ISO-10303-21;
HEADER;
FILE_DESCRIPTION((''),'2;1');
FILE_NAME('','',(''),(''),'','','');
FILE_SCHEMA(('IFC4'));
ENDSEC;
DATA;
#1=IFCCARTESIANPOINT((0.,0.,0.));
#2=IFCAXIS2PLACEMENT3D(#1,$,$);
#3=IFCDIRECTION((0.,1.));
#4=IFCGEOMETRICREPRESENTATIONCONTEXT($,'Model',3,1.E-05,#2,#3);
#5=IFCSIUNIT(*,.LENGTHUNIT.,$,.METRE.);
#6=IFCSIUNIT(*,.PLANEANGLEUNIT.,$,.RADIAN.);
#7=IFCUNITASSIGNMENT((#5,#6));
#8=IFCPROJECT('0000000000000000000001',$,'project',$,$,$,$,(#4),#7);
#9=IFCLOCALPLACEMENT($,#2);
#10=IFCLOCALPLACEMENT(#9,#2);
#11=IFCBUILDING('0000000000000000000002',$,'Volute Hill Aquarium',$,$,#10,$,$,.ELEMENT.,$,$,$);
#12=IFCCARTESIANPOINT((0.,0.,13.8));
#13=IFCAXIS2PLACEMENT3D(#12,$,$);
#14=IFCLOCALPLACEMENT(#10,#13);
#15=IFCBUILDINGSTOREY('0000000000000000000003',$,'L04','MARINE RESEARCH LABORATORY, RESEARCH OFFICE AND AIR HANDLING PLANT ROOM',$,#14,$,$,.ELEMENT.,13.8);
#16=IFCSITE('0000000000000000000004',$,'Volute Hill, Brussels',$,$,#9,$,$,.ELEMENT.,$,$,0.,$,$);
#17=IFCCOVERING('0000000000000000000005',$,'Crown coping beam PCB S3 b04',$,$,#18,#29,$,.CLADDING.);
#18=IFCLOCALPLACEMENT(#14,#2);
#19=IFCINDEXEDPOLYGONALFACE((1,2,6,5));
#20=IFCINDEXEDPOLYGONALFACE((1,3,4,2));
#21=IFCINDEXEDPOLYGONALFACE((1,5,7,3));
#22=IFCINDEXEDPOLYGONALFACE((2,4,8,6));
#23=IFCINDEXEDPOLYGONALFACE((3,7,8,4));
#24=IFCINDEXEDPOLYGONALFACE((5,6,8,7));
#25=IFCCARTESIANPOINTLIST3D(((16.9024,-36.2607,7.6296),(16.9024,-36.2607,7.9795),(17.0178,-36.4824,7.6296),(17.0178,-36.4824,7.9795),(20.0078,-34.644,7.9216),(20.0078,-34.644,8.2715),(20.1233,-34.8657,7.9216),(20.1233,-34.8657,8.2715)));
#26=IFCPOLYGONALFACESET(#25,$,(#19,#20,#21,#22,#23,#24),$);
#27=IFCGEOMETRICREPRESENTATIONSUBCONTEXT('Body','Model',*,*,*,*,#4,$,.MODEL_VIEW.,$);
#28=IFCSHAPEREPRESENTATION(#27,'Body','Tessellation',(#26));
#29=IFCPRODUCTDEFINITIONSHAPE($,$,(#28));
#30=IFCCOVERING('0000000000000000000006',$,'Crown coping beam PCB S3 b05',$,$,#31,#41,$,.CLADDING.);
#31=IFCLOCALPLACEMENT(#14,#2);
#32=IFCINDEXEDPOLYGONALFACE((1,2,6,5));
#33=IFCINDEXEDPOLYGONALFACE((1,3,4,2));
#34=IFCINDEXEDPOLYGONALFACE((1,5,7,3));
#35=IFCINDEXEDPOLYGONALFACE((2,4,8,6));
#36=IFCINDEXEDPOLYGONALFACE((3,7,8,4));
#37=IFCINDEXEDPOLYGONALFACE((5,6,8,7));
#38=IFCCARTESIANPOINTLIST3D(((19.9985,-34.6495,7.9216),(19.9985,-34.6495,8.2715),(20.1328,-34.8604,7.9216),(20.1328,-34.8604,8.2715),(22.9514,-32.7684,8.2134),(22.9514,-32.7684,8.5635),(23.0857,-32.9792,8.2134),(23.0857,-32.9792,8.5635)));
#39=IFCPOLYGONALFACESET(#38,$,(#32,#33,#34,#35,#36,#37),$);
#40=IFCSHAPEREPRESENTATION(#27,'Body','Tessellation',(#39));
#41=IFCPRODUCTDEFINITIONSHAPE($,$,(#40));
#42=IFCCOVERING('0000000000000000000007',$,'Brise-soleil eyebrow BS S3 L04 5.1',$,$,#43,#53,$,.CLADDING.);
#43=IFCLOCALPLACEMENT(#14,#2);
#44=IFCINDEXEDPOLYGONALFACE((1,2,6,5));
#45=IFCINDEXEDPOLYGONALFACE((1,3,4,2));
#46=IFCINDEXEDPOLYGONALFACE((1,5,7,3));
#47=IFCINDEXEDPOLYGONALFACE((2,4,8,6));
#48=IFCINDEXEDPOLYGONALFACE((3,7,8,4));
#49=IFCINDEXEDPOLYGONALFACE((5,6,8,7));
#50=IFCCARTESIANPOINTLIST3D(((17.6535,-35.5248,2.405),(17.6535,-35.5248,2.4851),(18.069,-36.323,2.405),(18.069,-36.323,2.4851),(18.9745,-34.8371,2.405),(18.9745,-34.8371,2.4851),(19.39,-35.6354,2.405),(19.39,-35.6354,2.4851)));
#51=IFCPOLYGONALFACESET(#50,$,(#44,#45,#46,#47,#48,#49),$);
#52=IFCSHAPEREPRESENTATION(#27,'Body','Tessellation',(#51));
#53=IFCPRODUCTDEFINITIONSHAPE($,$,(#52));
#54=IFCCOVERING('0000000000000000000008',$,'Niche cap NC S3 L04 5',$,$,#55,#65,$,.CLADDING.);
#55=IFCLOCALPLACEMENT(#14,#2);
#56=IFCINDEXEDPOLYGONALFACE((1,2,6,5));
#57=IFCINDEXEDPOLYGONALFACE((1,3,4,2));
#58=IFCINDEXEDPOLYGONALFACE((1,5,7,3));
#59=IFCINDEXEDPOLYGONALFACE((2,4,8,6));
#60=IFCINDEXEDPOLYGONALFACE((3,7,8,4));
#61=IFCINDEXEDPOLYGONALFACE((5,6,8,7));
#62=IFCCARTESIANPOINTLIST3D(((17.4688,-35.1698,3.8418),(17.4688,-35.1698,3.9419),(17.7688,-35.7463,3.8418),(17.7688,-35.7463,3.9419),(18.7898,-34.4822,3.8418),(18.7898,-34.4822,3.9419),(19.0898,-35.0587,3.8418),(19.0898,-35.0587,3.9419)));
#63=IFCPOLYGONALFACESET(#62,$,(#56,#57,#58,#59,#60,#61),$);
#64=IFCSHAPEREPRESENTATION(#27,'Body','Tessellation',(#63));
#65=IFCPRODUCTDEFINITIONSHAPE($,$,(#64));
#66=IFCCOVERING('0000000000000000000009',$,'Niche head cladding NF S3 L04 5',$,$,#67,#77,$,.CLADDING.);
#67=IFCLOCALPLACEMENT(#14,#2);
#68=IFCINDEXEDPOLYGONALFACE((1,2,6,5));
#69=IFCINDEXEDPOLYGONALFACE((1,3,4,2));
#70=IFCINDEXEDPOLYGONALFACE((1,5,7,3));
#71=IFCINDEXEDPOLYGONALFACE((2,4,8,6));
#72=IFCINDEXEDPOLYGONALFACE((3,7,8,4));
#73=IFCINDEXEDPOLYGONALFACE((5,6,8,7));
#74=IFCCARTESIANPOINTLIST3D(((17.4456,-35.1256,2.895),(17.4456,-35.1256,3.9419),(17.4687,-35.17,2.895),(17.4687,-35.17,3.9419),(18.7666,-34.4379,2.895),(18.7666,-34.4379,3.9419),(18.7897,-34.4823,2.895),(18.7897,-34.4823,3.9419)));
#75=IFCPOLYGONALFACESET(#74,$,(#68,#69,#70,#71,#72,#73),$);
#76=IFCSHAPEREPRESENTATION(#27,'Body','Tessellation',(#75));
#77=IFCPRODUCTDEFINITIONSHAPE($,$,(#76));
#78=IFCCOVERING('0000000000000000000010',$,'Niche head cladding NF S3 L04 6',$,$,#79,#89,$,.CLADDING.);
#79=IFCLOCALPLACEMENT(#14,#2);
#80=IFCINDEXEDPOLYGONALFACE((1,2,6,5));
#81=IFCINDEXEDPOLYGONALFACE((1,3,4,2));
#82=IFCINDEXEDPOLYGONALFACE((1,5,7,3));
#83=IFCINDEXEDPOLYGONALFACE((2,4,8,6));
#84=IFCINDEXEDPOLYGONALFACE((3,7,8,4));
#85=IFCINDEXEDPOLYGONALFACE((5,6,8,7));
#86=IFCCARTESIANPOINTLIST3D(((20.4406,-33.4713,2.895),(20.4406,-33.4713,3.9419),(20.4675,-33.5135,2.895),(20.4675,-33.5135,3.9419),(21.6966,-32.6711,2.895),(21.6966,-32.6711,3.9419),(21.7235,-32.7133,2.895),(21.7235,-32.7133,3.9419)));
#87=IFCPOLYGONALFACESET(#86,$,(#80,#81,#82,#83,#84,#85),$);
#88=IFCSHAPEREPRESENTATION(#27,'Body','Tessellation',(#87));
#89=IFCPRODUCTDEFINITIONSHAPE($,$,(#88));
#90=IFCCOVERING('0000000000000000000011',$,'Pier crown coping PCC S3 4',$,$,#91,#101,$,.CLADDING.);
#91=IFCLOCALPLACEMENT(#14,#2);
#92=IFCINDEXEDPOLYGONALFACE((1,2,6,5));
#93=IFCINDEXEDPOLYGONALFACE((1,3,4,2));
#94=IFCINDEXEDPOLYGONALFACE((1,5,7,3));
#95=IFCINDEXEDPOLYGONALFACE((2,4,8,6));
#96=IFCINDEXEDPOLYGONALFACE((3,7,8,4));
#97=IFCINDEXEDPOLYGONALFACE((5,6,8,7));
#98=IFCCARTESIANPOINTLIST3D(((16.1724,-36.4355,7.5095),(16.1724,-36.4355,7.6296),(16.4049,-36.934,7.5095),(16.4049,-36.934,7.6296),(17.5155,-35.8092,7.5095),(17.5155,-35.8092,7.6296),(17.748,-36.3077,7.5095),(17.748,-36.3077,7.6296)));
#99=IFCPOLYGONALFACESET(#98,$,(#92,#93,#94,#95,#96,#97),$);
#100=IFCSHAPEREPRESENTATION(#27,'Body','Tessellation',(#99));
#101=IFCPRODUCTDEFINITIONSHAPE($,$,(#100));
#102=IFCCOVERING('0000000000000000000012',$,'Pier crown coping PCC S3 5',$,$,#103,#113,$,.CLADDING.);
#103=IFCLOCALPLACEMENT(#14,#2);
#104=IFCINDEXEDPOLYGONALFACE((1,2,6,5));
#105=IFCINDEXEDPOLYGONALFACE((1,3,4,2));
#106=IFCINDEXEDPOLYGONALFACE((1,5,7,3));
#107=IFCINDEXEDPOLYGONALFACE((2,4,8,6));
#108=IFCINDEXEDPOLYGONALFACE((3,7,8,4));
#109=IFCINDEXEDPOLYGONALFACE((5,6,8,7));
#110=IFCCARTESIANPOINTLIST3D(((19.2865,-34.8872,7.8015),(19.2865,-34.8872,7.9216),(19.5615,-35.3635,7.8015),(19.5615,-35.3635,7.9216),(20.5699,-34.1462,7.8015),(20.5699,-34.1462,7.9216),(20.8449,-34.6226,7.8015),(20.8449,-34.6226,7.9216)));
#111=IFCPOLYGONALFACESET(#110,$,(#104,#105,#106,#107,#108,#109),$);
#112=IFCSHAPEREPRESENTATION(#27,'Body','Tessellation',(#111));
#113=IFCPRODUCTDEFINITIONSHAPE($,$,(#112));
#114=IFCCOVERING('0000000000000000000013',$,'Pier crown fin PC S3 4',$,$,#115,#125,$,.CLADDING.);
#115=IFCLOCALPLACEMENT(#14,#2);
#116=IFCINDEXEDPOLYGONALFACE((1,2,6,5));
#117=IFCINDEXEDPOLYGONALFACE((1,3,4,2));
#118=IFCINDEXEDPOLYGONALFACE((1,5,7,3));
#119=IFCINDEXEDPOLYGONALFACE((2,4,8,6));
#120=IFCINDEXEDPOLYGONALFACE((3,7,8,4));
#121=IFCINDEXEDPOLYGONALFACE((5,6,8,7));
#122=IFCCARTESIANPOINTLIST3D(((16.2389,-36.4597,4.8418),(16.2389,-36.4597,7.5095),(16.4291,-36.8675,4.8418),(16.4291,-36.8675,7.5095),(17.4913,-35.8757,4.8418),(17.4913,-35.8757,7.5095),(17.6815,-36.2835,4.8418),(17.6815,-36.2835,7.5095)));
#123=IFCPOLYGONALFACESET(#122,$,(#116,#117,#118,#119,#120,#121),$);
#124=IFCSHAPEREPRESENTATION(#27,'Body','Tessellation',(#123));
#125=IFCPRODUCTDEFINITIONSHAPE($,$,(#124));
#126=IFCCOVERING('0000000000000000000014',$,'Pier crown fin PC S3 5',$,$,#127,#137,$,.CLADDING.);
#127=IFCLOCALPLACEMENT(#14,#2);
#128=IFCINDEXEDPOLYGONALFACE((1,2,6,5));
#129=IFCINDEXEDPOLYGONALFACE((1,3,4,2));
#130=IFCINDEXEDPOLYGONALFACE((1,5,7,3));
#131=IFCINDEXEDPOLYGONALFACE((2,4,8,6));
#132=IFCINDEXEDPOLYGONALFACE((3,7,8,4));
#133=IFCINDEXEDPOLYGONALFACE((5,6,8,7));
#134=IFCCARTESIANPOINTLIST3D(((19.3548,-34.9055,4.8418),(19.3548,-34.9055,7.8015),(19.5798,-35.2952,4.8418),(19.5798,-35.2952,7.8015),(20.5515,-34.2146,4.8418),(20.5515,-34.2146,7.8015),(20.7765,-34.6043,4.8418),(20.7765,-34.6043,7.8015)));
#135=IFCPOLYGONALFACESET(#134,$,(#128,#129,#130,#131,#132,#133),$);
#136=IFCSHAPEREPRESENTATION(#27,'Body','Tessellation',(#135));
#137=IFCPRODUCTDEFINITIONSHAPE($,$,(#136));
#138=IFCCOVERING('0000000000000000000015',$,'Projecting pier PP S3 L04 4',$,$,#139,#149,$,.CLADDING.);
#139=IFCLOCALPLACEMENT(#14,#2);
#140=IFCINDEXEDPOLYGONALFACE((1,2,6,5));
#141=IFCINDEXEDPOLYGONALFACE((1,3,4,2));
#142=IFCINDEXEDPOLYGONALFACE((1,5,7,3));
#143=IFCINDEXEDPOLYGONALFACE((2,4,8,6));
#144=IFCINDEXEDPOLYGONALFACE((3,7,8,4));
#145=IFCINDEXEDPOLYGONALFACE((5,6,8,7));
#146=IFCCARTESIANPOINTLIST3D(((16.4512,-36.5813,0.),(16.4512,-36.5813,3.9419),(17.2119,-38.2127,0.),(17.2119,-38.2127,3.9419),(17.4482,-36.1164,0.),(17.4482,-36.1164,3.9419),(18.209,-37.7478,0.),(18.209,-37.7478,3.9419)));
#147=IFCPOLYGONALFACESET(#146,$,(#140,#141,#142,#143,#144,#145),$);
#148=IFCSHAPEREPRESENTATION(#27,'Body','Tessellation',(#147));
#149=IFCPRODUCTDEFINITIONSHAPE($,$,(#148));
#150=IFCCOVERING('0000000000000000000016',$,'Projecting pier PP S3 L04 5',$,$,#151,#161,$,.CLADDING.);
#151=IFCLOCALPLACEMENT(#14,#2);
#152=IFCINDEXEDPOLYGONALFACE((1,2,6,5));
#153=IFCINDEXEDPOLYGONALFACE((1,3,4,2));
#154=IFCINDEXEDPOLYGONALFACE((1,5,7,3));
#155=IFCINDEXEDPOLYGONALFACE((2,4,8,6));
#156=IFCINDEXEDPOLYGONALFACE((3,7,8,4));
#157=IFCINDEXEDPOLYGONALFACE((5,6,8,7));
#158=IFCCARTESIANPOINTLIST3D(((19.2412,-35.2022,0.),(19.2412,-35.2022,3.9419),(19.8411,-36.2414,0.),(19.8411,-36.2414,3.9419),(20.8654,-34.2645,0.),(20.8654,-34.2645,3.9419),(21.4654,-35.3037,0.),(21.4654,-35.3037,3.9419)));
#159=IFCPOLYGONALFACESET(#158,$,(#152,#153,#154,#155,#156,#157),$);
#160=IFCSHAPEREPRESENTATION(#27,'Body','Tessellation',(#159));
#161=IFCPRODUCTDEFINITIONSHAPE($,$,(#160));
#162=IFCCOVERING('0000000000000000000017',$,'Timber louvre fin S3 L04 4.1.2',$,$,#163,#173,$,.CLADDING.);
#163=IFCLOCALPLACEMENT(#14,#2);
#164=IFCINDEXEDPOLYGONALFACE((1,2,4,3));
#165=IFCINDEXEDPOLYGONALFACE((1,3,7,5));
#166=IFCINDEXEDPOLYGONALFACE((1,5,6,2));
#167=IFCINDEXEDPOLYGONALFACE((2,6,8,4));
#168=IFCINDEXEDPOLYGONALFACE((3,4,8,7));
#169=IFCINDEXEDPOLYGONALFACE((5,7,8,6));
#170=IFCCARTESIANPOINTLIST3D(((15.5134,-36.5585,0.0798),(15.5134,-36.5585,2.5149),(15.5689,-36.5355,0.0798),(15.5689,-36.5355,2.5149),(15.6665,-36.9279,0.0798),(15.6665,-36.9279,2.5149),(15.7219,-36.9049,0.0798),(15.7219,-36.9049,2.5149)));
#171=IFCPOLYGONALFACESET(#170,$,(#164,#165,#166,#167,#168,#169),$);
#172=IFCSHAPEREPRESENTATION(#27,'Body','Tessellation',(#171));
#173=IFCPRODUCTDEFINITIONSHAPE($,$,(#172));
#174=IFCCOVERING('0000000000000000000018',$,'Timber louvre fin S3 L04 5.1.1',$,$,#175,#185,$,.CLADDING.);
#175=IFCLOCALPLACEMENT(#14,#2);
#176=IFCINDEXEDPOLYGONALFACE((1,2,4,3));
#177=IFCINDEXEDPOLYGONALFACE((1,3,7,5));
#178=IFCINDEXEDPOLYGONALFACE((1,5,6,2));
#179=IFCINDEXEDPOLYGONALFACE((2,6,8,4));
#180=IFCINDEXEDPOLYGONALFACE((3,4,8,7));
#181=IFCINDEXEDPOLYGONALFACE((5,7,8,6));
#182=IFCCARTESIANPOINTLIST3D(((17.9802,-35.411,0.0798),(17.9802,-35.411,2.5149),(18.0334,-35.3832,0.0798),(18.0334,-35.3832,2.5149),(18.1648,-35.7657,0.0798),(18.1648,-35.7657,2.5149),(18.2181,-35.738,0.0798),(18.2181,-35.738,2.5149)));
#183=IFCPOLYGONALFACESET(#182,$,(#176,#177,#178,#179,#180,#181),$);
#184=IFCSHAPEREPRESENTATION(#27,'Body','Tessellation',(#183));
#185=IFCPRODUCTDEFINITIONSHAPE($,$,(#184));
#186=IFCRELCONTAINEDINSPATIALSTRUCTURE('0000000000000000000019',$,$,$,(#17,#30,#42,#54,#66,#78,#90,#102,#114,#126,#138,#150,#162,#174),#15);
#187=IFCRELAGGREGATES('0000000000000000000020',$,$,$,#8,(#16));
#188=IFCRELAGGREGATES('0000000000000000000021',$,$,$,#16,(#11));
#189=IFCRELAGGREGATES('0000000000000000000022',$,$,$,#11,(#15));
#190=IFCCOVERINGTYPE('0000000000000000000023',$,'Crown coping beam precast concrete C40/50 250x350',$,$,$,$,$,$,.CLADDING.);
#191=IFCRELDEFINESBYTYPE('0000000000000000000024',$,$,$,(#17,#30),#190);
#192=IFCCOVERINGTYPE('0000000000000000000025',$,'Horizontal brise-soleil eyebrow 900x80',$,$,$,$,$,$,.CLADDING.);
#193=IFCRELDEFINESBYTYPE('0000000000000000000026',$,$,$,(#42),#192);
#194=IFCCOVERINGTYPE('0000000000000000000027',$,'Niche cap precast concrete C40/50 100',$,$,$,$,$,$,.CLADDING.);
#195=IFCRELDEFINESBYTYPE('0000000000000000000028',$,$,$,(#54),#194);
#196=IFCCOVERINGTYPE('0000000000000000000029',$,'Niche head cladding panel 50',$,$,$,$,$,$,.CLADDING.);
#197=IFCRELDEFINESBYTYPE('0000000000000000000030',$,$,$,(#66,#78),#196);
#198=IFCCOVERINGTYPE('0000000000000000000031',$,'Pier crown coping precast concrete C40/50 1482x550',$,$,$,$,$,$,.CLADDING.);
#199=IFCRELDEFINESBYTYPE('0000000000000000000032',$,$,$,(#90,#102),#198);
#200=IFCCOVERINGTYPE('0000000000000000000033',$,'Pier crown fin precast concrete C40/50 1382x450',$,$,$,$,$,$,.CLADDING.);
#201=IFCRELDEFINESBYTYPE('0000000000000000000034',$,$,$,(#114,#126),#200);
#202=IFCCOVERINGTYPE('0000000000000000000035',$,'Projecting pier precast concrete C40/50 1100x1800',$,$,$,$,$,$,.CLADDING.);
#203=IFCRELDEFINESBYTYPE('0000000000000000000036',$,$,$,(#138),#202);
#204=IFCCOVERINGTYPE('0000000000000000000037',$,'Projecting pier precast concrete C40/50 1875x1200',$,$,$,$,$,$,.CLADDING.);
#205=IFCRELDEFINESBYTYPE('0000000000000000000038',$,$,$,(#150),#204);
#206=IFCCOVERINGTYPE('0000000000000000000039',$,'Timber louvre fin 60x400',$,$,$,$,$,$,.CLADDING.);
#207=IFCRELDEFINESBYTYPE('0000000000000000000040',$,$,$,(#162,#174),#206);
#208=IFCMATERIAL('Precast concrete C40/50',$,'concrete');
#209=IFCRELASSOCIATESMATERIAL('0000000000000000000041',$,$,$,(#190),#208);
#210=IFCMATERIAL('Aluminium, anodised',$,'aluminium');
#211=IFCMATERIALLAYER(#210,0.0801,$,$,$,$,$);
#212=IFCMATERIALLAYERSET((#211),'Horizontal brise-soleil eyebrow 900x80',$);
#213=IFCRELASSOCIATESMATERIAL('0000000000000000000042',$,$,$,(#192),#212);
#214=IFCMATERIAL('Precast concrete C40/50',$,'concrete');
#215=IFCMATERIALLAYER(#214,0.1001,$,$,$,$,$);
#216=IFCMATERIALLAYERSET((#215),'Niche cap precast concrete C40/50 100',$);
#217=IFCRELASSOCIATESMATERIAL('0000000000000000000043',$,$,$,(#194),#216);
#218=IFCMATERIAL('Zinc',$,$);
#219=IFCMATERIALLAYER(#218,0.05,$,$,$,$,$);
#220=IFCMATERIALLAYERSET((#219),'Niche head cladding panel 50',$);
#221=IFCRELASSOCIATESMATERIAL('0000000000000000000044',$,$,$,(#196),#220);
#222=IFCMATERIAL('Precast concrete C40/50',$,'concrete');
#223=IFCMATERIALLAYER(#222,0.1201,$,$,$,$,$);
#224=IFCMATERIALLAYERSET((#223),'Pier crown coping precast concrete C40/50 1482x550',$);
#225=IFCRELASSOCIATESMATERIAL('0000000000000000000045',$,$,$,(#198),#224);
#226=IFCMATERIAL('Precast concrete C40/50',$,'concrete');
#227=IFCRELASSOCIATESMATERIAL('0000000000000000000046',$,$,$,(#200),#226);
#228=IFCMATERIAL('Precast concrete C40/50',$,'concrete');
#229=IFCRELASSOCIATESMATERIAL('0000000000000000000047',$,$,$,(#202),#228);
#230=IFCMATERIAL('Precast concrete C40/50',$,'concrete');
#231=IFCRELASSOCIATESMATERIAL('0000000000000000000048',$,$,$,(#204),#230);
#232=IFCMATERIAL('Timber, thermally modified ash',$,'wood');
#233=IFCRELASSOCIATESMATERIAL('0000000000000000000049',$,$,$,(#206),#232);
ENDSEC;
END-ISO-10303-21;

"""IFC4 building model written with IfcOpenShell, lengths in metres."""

from ifc_helpers import new_model, si_unit, direction, frame, origin, origin_2d, place, context, subcontext, project, spatial, polyline, rectangle, outline, extrude, material, layer, layer_set, type_object, element, save


model = new_model("IFC4")

# Units and contexts
model_context = context("Model", 3, precision=1e-05, world=origin(), true_north=direction((0.0, 1.0)))
body_context = subcontext(model_context, "Body", "Model", "MODEL_VIEW")
ifc_project = project(units=[si_unit("LENGTHUNIT", "METRE"), si_unit("PLANEANGLEUNIT", "RADIAN")], contexts=[model_context])

# Site, building, storey
site_placement = place(None, origin())
site = spatial("IfcSite", under=ifc_project, at=site_placement, Name="Volute Hill, Brussels", CompositionType="ELEMENT", RefElevation=0.0)
building_placement = place(site_placement, origin())
building = spatial("IfcBuilding", under=site, at=building_placement, Name="Volute Hill Aquarium", CompositionType="ELEMENT")
storey_placement = place(building_placement, frame((0.0, 0.0, 13.8)))
storey = spatial("IfcBuildingStorey", under=building, at=storey_placement, Name="L04", Description="MARINE RESEARCH LABORATORY, RESEARCH OFFICE AND AIR HANDLING PLANT ROOM", CompositionType="ELEMENT", Elevation=13.8)

# Coverings
ifc_material_1 = material(Name="Precast concrete C40/50", Category="concrete")
covering_type_1 = type_object("IfcCoveringType", Name="Crown coping beam precast concrete C40/50 250x350", PredefinedType="CLADDING", material=ifc_material_1)
covering_1_placement = place(storey_placement, frame((17.0178, -36.4824, 7.6296), z_axis=(0.46177, -0.887, 0.0), x_axis=(0.883931, 0.460172, 0.083112)))
element("IfcCovering", 1, at=covering_1_placement, inside=storey, type_object=covering_type_1, Name="Crown coping beam PCB S3 b04", PredefinedType="CLADDING", context=body_context, shape_type="SweptSolid", body=[
    extrude(outline(polyline([(0.0, 0.0), (3.5132, 0.0), (3.5423, 0.3486), (0.0291, 0.3486), (0.0, 0.0)])), origin(), (0.0, 0.0, -1.0), 0.25),
])
covering_2_placement = place(storey_placement, frame((20.1328, -34.8604, 7.9216), z_axis=(0.537282, -0.843403, 0.0), x_axis=(0.84049, 0.535426, 0.083041)))
element("IfcCovering", 2, at=covering_2_placement, inside=storey, type_object=covering_type_1, Name="Crown coping beam PCB S3 b05", PredefinedType="CLADDING", context=body_context, shape_type="SweptSolid", body=[
    extrude(outline(polyline([(0.0, 0.0), (3.5133, 0.0), (3.5424, 0.3489), (0.0291, 0.3486), (0.0, 0.0)])), origin(), (0.0, 0.0, -1.0), 0.25),
])
ifc_material_2 = material(Name="Aluminium, anodised", Category="aluminium")
ifc_layer_1 = layer(ifc_material_2, 0.0801)
ifc_layer_set_1 = layer_set([ifc_layer_1], Name="Horizontal brise-soleil eyebrow 900x80")
covering_type_2 = type_object("IfcCoveringType", Name="Horizontal brise-soleil eyebrow 900x80", PredefinedType="CLADDING", material=ifc_layer_set_1)
covering_3_placement = place(storey_placement, frame((18.5217, -35.5801, 2.405), z_axis=(0.0, 0.0, 1.0), x_axis=(0.887015, 0.461741, 0.0)))
element("IfcCovering", 3, at=covering_3_placement, inside=storey, type_object=covering_type_2, Name="Brise-soleil eyebrow BS S3 L04 5.1", PredefinedType="CLADDING", context=body_context, shape_type="SweptSolid", body=[
    extrude(rectangle(XDim=1.4893, YDim=0.8999, at=origin_2d()), origin(), (0.0, 0.0, 1.0), 0.0801),
])
ifc_material_3 = material(Name="Precast concrete C40/50", Category="concrete")
ifc_layer_2 = layer(ifc_material_3, 0.1001)
ifc_layer_set_2 = layer_set([ifc_layer_2], Name="Niche cap precast concrete C40/50 100")
covering_type_3 = type_object("IfcCoveringType", Name="Niche cap precast concrete C40/50 100", PredefinedType="CLADDING", material=ifc_layer_set_2)
covering_4_placement = place(storey_placement, frame((18.2793, -35.1143, 3.8418), z_axis=(0.0, 0.0, 1.0), x_axis=(0.887015, 0.461741, 0.0)))
element("IfcCovering", 4, at=covering_4_placement, inside=storey, type_object=covering_type_3, Name="Niche cap NC S3 L04 5", PredefinedType="CLADDING", context=body_context, shape_type="SweptSolid", body=[
    extrude(rectangle(XDim=1.4893, YDim=0.6499, at=origin_2d()), origin(), (0.0, 0.0, 1.0), 0.1001),
])
ifc_material_4 = material(Name="Zinc")
ifc_layer_3 = layer(ifc_material_4, 0.05)
ifc_layer_set_3 = layer_set([ifc_layer_3], Name="Niche head cladding panel 50")
covering_type_4 = type_object("IfcCoveringType", Name="Niche head cladding panel 50", PredefinedType="CLADDING", material=ifc_layer_set_3)
for number, where, z_axis, x_axis, name in (
    (5, (18.1177, -34.804, 2.895), (0.0, 0.0, 1.0), (0.887015, 0.461741, 0.0), "Niche head cladding NF S3 L04 5"),
    (6, (21.082, -33.0923, 2.895), (0.0, 0.0, 1.0), (0.843389, 0.537303, 0.0), "Niche head cladding NF S3 L04 6"),
):
    element("IfcCovering", number, at=place(storey_placement, frame(where, z_axis=z_axis, x_axis=x_axis)), inside=storey, type_object=covering_type_4, Name=name, PredefinedType="CLADDING", context=body_context, shape_type="SweptSolid", body=[
        extrude(rectangle(XDim=1.4893, YDim=0.05, at=origin_2d()), origin(), (0.0, 0.0, 1.0), 1.0469),
    ])
ifc_material_5 = material(Name="Precast concrete C40/50", Category="concrete")
ifc_layer_4 = layer(ifc_material_5, 0.1201)
ifc_layer_set_4 = layer_set([ifc_layer_4], Name="Pier crown coping precast concrete C40/50 1482x550")
covering_type_5 = type_object("IfcCoveringType", Name="Pier crown coping precast concrete C40/50 1482x550", PredefinedType="CLADDING", material=ifc_layer_set_4)
for number, where, z_axis, x_axis, name in (
    (7, (16.9602, -36.3716, 7.5095), (0.0, 0.0, 1.0), (0.906308, 0.422618, 0.0), "Pier crown coping PCC S3 4"),
    (8, (20.0657, -34.7549, 7.8015), (0.0, 0.0, 1.0), (0.866025, 0.5, 0.0), "Pier crown coping PCC S3 5"),
):
    element("IfcCovering", number, at=place(storey_placement, frame(where, z_axis=z_axis, x_axis=x_axis)), inside=storey, type_object=covering_type_5, Name=name, PredefinedType="CLADDING", context=body_context, shape_type="SweptSolid", body=[
        extrude(rectangle(XDim=1.4819, YDim=0.55, at=origin_2d()), origin(), (0.0, 0.0, 1.0), 0.1201),
    ])
ifc_material_6 = material(Name="Precast concrete C40/50", Category="concrete")
covering_type_6 = type_object("IfcCoveringType", Name="Pier crown fin precast concrete C40/50 1382x450", PredefinedType="CLADDING", material=ifc_material_6)
covering_5_placement = place(storey_placement, frame((16.9602, -36.3716, 4.8418), z_axis=(0.0, 0.0, 1.0), x_axis=(0.906308, 0.422618, 0.0)))
element("IfcCovering", 9, at=covering_5_placement, inside=storey, type_object=covering_type_6, Name="Pier crown fin PC S3 4", PredefinedType="CLADDING", context=body_context, shape_type="SweptSolid", body=[
    extrude(rectangle(XDim=1.3818, YDim=0.45, at=origin_2d()), origin(), (0.0, 0.0, 1.0), 2.6677),
])
covering_6_placement = place(storey_placement, frame((20.0657, -34.7549, 4.8418), z_axis=(0.0, 0.0, 1.0), x_axis=(0.866025, 0.5, 0.0)))
element("IfcCovering", 10, at=covering_6_placement, inside=storey, type_object=covering_type_6, Name="Pier crown fin PC S3 5", PredefinedType="CLADDING", context=body_context, shape_type="SweptSolid", body=[
    extrude(rectangle(XDim=1.3818, YDim=0.45, at=origin_2d()), origin(), (0.0, 0.0, 1.0), 2.9597),
])
ifc_material_7 = material(Name="Precast concrete C40/50", Category="concrete")
covering_type_7 = type_object("IfcCoveringType", Name="Projecting pier precast concrete C40/50 1100x1800", PredefinedType="CLADDING", material=ifc_material_7)
covering_7_placement = place(storey_placement, frame((17.3301, -37.1646, 0.0), z_axis=(0.0, 0.0, 1.0), x_axis=(0.906308, 0.422618, 0.0)))
element("IfcCovering", 11, at=covering_7_placement, inside=storey, type_object=covering_type_7, Name="Projecting pier PP S3 L04 4", PredefinedType="CLADDING", context=body_context, shape_type="SweptSolid", body=[
    extrude(rectangle(XDim=1.1001, YDim=1.8, at=origin_2d()), origin(), (0.0, 0.0, 1.0), 3.9419),
])
ifc_material_8 = material(Name="Precast concrete C40/50", Category="concrete")
covering_type_8 = type_object("IfcCoveringType", Name="Projecting pier precast concrete C40/50 1875x1200", PredefinedType="CLADDING", material=ifc_material_8)
covering_8_placement = place(storey_placement, frame((20.3533, -35.2529, 0.0), z_axis=(0.0, 0.0, 1.0), x_axis=(0.866025, 0.5, 0.0)))
element("IfcCovering", 12, at=covering_8_placement, inside=storey, type_object=covering_type_8, Name="Projecting pier PP S3 L04 5", PredefinedType="CLADDING", context=body_context, shape_type="SweptSolid", body=[
    extrude(rectangle(XDim=1.8755, YDim=1.2, at=origin_2d()), origin(), (0.0, 0.0, 1.0), 3.9419),
])
ifc_material_9 = material(Name="Timber, thermally modified ash", Category="wood")
covering_type_9 = type_object("IfcCoveringType", Name="Timber louvre fin 60x400", PredefinedType="CLADDING", material=ifc_material_9)
for number, where, z_axis, x_axis, name in (
    (13, (15.6177, -36.7317, 0.0798), (0.0, 0.0, 1.0), (0.923875, 0.382694, 0.0), "Timber louvre fin S3 L04 4.1.2"),
    (14, (18.0991, -35.5745, 0.0798), (0.0, 0.0, 1.0), (0.887015, 0.461741, 0.0), "Timber louvre fin S3 L04 5.1.1"),
):
    element("IfcCovering", number, at=place(storey_placement, frame(where, z_axis=z_axis, x_axis=x_axis)), inside=storey, type_object=covering_type_9, Name=name, PredefinedType="CLADDING", context=body_context, shape_type="SweptSolid", body=[
        extrude(rectangle(XDim=0.0601, YDim=0.3999, at=origin_2d()), origin(), (0.0, 0.0, 1.0), 2.4351),
    ])

save(model, "model.ifc")
